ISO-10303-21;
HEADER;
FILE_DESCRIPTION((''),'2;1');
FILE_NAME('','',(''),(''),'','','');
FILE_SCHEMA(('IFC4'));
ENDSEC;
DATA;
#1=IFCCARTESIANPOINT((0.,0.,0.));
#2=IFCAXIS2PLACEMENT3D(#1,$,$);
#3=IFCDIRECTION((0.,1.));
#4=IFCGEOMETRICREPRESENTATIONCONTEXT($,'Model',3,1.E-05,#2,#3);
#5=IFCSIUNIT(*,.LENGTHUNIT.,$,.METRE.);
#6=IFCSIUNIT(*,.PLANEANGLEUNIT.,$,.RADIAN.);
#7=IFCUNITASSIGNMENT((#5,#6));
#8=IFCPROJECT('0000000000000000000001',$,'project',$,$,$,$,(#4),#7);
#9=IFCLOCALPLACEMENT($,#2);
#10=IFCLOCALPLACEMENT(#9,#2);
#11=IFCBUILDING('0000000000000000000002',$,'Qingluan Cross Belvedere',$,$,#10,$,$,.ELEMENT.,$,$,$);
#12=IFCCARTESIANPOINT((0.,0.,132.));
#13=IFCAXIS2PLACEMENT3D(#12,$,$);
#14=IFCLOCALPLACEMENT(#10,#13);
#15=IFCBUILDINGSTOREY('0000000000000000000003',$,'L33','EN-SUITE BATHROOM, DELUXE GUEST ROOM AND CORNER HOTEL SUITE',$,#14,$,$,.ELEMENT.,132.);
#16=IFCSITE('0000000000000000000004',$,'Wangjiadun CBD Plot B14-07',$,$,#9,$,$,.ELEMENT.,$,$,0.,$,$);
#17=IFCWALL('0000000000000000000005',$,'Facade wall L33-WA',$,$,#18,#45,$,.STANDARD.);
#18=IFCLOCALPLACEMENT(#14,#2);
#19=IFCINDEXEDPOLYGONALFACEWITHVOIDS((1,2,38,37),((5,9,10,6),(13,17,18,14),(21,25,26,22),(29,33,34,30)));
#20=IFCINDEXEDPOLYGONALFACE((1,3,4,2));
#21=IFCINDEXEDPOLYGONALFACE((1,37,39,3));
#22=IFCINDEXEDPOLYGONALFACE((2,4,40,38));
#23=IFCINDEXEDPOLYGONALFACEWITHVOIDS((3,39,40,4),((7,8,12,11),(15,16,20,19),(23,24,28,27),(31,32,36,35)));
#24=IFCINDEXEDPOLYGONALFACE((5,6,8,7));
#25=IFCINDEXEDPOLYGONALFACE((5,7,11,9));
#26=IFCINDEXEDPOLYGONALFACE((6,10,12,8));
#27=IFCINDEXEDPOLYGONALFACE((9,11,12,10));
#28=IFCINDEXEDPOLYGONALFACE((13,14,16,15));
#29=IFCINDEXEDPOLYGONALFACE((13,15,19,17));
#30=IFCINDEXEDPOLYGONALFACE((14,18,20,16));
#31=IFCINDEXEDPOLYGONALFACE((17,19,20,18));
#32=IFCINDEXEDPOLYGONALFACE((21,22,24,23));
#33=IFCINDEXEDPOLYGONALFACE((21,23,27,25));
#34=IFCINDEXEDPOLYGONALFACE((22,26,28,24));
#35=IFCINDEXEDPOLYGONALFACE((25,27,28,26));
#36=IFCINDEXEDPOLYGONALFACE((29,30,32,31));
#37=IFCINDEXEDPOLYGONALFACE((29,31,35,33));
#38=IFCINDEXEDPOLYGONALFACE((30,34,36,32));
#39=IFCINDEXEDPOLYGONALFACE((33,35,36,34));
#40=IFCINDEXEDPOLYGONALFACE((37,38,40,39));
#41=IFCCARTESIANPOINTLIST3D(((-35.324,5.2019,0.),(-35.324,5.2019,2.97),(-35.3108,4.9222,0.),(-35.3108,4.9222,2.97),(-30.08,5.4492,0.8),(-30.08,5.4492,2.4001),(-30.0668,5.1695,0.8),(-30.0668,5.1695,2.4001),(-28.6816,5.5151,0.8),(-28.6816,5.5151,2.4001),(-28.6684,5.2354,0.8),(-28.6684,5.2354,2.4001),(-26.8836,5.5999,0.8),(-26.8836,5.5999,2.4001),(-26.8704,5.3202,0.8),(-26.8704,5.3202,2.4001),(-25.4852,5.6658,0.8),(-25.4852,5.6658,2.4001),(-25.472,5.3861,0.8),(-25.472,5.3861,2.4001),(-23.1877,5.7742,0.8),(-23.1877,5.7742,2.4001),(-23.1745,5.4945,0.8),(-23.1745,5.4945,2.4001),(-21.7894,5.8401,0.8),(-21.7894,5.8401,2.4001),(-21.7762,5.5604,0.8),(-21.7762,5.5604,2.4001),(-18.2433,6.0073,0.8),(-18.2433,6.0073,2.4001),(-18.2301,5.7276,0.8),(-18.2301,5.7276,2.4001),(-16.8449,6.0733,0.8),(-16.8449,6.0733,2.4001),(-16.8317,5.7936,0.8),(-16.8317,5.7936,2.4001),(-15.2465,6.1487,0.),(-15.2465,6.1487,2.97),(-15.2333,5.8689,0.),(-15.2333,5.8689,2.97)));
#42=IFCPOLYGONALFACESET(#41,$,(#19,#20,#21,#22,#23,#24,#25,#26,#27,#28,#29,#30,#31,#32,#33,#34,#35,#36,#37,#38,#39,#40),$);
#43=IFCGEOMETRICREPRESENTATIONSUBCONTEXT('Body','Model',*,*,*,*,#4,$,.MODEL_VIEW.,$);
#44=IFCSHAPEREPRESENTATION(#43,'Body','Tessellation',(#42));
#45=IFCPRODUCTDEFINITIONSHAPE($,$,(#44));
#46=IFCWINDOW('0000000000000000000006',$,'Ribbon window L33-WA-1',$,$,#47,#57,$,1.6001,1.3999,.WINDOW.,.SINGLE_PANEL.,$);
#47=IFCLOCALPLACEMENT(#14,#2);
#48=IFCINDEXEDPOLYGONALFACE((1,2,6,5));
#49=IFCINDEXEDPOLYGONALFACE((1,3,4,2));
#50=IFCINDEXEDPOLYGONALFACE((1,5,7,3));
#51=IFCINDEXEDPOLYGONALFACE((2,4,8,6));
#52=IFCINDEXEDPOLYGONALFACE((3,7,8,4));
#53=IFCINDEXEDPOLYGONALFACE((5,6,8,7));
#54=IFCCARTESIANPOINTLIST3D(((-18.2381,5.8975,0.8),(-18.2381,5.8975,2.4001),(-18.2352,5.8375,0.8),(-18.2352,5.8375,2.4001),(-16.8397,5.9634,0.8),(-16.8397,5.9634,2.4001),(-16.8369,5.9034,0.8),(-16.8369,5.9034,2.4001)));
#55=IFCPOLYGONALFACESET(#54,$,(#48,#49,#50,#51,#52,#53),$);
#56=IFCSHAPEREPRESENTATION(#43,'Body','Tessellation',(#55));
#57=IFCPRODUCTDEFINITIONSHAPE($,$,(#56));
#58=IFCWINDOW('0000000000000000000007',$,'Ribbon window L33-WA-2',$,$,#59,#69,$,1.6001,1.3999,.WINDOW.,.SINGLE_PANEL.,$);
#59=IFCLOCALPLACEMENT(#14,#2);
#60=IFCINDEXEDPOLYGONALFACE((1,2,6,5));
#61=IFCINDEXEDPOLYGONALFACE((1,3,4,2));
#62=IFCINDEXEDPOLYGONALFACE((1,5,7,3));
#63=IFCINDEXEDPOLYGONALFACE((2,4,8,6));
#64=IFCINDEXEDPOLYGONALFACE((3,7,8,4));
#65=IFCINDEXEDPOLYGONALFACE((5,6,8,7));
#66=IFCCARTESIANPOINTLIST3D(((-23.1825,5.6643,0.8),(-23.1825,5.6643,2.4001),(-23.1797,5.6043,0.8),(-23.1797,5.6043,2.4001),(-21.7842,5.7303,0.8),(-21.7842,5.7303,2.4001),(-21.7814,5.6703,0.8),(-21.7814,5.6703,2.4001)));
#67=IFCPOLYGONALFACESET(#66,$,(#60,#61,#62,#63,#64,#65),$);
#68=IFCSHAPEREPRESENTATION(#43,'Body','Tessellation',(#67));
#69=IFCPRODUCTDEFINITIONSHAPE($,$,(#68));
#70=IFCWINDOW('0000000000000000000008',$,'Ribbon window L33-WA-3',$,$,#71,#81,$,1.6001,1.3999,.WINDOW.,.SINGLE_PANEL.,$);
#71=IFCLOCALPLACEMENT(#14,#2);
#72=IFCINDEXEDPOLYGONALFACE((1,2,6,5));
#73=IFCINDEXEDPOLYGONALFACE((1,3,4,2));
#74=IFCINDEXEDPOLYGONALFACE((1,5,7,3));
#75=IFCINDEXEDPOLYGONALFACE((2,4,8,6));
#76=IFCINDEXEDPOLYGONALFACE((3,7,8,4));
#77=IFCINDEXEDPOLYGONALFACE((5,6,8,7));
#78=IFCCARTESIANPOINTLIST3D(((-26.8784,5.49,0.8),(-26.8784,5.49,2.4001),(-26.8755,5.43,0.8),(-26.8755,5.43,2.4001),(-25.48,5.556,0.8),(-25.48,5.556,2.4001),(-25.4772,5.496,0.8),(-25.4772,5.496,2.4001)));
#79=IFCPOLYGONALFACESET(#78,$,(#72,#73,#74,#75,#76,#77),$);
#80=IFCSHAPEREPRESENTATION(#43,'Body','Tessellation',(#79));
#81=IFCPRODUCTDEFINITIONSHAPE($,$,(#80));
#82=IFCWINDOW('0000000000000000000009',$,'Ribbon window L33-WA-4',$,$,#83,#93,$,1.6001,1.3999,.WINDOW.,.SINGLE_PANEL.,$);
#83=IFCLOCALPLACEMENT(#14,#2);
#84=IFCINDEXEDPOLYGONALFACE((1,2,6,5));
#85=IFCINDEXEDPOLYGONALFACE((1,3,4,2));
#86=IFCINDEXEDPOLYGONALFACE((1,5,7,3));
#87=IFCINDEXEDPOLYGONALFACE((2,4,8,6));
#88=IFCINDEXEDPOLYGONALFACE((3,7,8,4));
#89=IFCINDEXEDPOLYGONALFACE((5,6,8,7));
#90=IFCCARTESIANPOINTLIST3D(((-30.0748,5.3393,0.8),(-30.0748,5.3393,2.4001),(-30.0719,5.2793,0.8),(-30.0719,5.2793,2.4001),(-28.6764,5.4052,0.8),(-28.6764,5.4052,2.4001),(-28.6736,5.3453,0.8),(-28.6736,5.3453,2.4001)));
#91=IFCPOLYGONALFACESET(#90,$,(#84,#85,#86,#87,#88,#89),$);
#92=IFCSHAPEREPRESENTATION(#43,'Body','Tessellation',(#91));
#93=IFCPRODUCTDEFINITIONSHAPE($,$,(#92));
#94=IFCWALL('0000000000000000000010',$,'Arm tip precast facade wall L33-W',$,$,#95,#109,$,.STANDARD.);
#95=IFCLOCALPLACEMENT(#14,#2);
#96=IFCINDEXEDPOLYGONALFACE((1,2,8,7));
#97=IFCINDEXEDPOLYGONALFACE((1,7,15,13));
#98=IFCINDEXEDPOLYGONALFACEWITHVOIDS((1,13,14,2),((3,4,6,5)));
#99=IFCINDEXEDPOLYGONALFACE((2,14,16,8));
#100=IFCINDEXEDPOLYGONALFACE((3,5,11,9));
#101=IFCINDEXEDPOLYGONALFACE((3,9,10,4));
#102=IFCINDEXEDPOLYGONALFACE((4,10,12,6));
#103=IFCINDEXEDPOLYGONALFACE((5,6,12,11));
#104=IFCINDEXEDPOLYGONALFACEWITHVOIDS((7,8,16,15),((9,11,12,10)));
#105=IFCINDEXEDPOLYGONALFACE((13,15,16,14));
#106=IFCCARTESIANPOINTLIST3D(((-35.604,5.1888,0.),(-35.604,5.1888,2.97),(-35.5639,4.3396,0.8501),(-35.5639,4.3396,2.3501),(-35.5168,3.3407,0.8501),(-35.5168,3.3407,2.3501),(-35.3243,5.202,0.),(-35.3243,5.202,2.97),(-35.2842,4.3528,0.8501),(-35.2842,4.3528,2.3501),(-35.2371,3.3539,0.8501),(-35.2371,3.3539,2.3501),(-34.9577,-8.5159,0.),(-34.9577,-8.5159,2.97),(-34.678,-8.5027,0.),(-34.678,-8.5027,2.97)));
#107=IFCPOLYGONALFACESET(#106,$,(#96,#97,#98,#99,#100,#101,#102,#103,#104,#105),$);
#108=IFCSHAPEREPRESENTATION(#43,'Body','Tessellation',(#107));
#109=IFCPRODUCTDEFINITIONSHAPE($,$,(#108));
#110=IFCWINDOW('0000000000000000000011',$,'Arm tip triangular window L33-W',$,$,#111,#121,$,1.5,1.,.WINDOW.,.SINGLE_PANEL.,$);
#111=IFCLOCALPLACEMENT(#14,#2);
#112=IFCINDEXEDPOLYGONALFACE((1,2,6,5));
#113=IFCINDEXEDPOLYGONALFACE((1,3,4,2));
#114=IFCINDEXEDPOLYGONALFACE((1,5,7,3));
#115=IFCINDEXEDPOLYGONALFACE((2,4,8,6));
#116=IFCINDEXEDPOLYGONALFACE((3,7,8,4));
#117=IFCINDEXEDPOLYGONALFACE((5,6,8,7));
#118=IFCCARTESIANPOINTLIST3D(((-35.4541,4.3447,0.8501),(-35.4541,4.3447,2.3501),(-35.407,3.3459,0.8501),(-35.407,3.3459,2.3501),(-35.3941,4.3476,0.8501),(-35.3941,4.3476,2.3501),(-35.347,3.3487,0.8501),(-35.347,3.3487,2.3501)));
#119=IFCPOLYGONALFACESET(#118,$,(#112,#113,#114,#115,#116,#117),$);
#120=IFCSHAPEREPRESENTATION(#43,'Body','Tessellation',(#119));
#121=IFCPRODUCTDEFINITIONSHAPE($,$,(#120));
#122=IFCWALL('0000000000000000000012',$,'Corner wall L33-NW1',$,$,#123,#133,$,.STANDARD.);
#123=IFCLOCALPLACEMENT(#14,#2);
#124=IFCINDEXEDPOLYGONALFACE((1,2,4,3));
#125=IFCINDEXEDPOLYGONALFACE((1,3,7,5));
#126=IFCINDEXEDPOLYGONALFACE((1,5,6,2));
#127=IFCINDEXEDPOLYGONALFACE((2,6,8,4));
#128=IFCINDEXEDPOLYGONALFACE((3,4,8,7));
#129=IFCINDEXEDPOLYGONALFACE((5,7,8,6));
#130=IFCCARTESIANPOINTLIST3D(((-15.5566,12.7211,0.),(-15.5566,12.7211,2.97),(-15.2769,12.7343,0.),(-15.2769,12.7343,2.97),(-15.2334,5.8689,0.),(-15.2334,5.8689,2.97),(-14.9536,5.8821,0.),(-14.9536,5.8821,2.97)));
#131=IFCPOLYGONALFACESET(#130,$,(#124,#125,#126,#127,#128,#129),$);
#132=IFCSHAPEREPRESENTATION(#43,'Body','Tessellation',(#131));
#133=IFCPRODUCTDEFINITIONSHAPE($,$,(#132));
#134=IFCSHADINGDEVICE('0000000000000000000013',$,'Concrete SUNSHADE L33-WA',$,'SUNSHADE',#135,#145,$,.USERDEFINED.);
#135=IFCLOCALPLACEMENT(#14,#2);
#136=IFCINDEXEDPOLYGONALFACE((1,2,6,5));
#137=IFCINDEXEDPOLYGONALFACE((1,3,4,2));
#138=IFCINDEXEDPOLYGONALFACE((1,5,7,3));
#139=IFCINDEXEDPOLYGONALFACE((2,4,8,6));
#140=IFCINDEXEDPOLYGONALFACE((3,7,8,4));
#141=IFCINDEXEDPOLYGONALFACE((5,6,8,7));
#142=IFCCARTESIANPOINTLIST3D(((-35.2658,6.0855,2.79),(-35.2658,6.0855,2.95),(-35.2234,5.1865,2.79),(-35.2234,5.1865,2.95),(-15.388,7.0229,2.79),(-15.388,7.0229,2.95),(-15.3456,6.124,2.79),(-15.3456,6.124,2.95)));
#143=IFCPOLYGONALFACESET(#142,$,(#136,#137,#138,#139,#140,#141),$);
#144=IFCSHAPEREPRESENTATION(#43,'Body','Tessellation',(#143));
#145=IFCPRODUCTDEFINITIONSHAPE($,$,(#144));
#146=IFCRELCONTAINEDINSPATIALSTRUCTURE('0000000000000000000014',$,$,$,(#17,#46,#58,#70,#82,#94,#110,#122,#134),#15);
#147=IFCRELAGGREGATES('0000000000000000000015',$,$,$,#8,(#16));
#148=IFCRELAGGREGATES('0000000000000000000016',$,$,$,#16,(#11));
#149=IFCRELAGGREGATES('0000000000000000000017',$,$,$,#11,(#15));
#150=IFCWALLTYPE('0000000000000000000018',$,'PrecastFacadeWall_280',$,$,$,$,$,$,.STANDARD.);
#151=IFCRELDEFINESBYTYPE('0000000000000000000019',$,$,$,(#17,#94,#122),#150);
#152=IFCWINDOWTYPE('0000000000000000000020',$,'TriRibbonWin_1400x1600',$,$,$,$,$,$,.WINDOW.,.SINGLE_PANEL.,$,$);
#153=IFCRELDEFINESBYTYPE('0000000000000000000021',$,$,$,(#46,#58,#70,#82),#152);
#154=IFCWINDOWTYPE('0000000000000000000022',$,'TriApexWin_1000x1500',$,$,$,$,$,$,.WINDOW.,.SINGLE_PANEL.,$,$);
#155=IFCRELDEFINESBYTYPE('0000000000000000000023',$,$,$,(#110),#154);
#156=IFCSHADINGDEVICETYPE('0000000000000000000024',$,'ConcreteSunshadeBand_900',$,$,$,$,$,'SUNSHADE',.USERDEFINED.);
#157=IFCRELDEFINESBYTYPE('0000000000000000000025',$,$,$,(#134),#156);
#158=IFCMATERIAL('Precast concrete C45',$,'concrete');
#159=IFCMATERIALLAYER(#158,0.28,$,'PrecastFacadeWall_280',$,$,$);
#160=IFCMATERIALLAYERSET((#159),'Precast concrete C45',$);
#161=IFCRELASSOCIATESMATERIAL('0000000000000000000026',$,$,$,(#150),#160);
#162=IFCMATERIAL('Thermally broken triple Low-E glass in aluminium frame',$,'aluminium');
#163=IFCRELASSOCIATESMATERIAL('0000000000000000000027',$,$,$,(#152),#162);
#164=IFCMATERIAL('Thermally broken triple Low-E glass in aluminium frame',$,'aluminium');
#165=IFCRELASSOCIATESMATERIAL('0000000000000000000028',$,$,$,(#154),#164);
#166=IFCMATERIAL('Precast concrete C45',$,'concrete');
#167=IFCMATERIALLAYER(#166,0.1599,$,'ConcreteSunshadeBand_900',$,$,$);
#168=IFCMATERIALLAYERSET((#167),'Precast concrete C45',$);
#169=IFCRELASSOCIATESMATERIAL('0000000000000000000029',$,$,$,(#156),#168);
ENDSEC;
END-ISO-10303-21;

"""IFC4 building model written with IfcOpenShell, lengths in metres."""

from ifc_helpers import new_model, si_unit, direction, frame, frame_2d, origin, origin_2d, place, context, subcontext, project, spatial, rectangle, extrude, material, layer, layer_set, type_object, element, fill, save


model = new_model("IFC4")

# Units and contexts
model_context = context("Model", 3, precision=1e-05, world=origin(), true_north=direction((0.0, 1.0)))
body_context = subcontext(model_context, "Body", "Model", "MODEL_VIEW")
ifc_project = project(units=[si_unit("LENGTHUNIT", "METRE"), si_unit("PLANEANGLEUNIT", "RADIAN")], contexts=[model_context])

# Site, building, storey
site_placement = place(None, origin())
site = spatial("IfcSite", under=ifc_project, at=site_placement, Name="Wangjiadun CBD Plot B14-07", CompositionType="ELEMENT", RefElevation=0.0)
building_placement = place(site_placement, origin())
building = spatial("IfcBuilding", under=site, at=building_placement, Name="Qingluan Cross Belvedere", CompositionType="ELEMENT")
storey_placement = place(building_placement, frame((0.0, 0.0, 132.0)))
storey = spatial("IfcBuildingStorey", under=building, at=storey_placement, Name="L33", Description="EN-SUITE BATHROOM, DELUXE GUEST ROOM AND CORNER HOTEL SUITE", CompositionType="ELEMENT", Elevation=132.0)

# Wall, openings, windows
ifc_material_1 = material(Name="Precast concrete C45", Category="concrete")
ifc_layer_1 = layer(ifc_material_1, 0.28, Name="PrecastFacadeWall_280")
ifc_layer_set_1 = layer_set([ifc_layer_1], Name="Precast concrete C45")
wall_type_1 = type_object("IfcWallType", Name="PrecastFacadeWall_280", PredefinedType="STANDARD", material=ifc_layer_set_1)
wall_1_placement = place(storey_placement, frame((-15.24, 6.0088, 0.0), z_axis=(0.0, 0.0, 1.0), x_axis=(-0.99889, -0.047103, 0.0)))
wall_1 = element("IfcWall", 1, at=wall_1_placement, inside=storey, type_object=wall_type_1, Name="Facade wall L33-WA", PredefinedType="STANDARD", context=body_context, shape_type="SweptSolid", body=[
    extrude(rectangle(XDim=20.0999, YDim=0.28, at=frame_2d((10.0498, 0.0))), origin(), (0.0, 0.0, 1.0), 2.97),
])
opening_1_placement = place(wall_1_placement, frame((1.6001, 0.0, 0.8)))
opening_1 = element("IfcOpeningElement", 2, at=opening_1_placement, cuts=wall_1, PredefinedType="OPENING", context=body_context, shape_type="SweptSolid", body=[
    extrude(rectangle(XDim=1.3999, YDim=1.6001, at=frame_2d((0.7, 0.8))), frame((0.0, 0.1499, 0.0), z_axis=(0.0, -1.0, 0.0), x_axis=(1.0, 0.0, 0.0)), (0.0, 0.0, 1.0), 0.3),
])
opening_2_placement = place(wall_1_placement, frame((6.55, 0.0, 0.8)))
opening_2 = element("IfcOpeningElement", 3, at=opening_2_placement, cuts=wall_1, PredefinedType="OPENING", context=body_context, shape_type="SweptSolid", body=[
    extrude(rectangle(XDim=1.3999, YDim=1.6001, at=frame_2d((0.7, 0.8))), frame((0.0, 0.1499, 0.0), z_axis=(0.0, -1.0, 0.0), x_axis=(1.0, 0.0, 0.0)), (0.0, 0.0, 1.0), 0.3),
])
opening_3_placement = place(wall_1_placement, frame((10.25, 0.0, 0.8)))
opening_3 = element("IfcOpeningElement", 4, at=opening_3_placement, cuts=wall_1, PredefinedType="OPENING", context=body_context, shape_type="SweptSolid", body=[
    extrude(rectangle(XDim=1.3999, YDim=1.6001, at=frame_2d((0.7, 0.8))), frame((0.0, 0.1499, 0.0), z_axis=(0.0, -1.0, 0.0), x_axis=(1.0, 0.0, 0.0)), (0.0, 0.0, 1.0), 0.3),
])
opening_4_placement = place(wall_1_placement, frame((13.45, 0.0, 0.8)))
opening_4 = element("IfcOpeningElement", 5, at=opening_4_placement, cuts=wall_1, PredefinedType="OPENING", context=body_context, shape_type="SweptSolid", body=[
    extrude(rectangle(XDim=1.3999, YDim=1.6001, at=frame_2d((0.7, 0.8))), frame((0.0, 0.1499, 0.0), z_axis=(0.0, -1.0, 0.0), x_axis=(1.0, 0.0, 0.0)), (0.0, 0.0, 1.0), 0.3),
])
ifc_material_2 = material(Name="Thermally broken triple Low-E glass in aluminium frame", Category="aluminium")
window_type_1 = type_object("IfcWindowType", Name="TriRibbonWin_1400x1600", PartitioningType="SINGLE_PANEL", PredefinedType="WINDOW", material=ifc_material_2)
window_1_placement = place(opening_1_placement, origin())
window_1 = element("IfcWindow", 6, at=window_1_placement, inside=storey, type_object=window_type_1, Name="Ribbon window L33-WA-1", OverallHeight=1.6001, OverallWidth=1.3999, PartitioningType="SINGLE_PANEL", PredefinedType="WINDOW", context=body_context, shape_type="SweptSolid", body=[
    extrude(rectangle(XDim=1.3999, YDim=1.6001, at=frame_2d((0.7, 0.8))), frame((0.0, 0.03, 0.0), z_axis=(0.0, -1.0, 0.0), x_axis=(1.0, 0.0, 0.0)), (0.0, 0.0, 1.0), 0.0601),
])
fill(opening_1, window_1)
window_2_placement = place(opening_2_placement, origin())
window_2 = element("IfcWindow", 7, at=window_2_placement, inside=storey, type_object=window_type_1, Name="Ribbon window L33-WA-2", OverallHeight=1.6001, OverallWidth=1.3999, PartitioningType="SINGLE_PANEL", PredefinedType="WINDOW", context=body_context, shape_type="SweptSolid", body=[
    extrude(rectangle(XDim=1.3999, YDim=1.6001, at=frame_2d((0.7, 0.8))), frame((0.0, 0.03, 0.0), z_axis=(0.0, -1.0, 0.0), x_axis=(1.0, 0.0, 0.0)), (0.0, 0.0, 1.0), 0.0601),
])
fill(opening_2, window_2)
window_3_placement = place(opening_3_placement, origin())
window_3 = element("IfcWindow", 8, at=window_3_placement, inside=storey, type_object=window_type_1, Name="Ribbon window L33-WA-3", OverallHeight=1.6001, OverallWidth=1.3999, PartitioningType="SINGLE_PANEL", PredefinedType="WINDOW", context=body_context, shape_type="SweptSolid", body=[
    extrude(rectangle(XDim=1.3999, YDim=1.6001, at=frame_2d((0.7, 0.8))), frame((0.0, 0.03, 0.0), z_axis=(0.0, -1.0, 0.0), x_axis=(1.0, 0.0, 0.0)), (0.0, 0.0, 1.0), 0.0601),
])
fill(opening_3, window_3)
window_4_placement = place(opening_4_placement, origin())
window_4 = element("IfcWindow", 9, at=window_4_placement, inside=storey, type_object=window_type_1, Name="Ribbon window L33-WA-4", OverallHeight=1.6001, OverallWidth=1.3999, PartitioningType="SINGLE_PANEL", PredefinedType="WINDOW", context=body_context, shape_type="SweptSolid", body=[
    extrude(rectangle(XDim=1.3999, YDim=1.6001, at=frame_2d((0.7, 0.8))), frame((0.0, 0.03, 0.0), z_axis=(0.0, -1.0, 0.0), x_axis=(1.0, 0.0, 0.0)), (0.0, 0.0, 1.0), 0.0601),
])
fill(opening_4, window_4)

# Wall, opening, window
wall_2_placement = place(storey_placement, frame((-35.4641, 5.1953, 0.0), z_axis=(0.0, 0.0, 1.0), x_axis=(0.047102, -0.99889, 0.0)))
wall_2 = element("IfcWall", 10, at=wall_2_placement, inside=storey, type_object=wall_type_1, Name="Arm tip precast facade wall L33-W", PredefinedType="STANDARD", context=body_context, shape_type="SweptSolid", body=[
    extrude(rectangle(XDim=13.72, YDim=0.28, at=frame_2d((6.8599, 0.0))), origin(), (0.0, 0.0, 1.0), 2.97),
])
opening_5_placement = place(wall_2_placement, frame((0.8501, 0.0, 0.8501)))
opening_5 = element("IfcOpeningElement", 11, at=opening_5_placement, cuts=wall_2, PredefinedType="OPENING", context=body_context, shape_type="SweptSolid", body=[
    extrude(rectangle(XDim=1.0, YDim=1.5, at=frame_2d((0.5, 0.75))), frame((0.0, 0.1499, 0.0), z_axis=(0.0, -1.0, 0.0), x_axis=(1.0, 0.0, 0.0)), (0.0, 0.0, 1.0), 0.3),
])
ifc_material_3 = material(Name="Thermally broken triple Low-E glass in aluminium frame", Category="aluminium")
window_type_2 = type_object("IfcWindowType", Name="TriApexWin_1000x1500", PartitioningType="SINGLE_PANEL", PredefinedType="WINDOW", material=ifc_material_3)
window_5_placement = place(opening_5_placement, origin())
window_5 = element("IfcWindow", 12, at=window_5_placement, inside=storey, type_object=window_type_2, Name="Arm tip triangular window L33-W", OverallHeight=1.5, OverallWidth=1.0, PartitioningType="SINGLE_PANEL", PredefinedType="WINDOW", context=body_context, shape_type="SweptSolid", body=[
    extrude(rectangle(XDim=1.0, YDim=1.5, at=frame_2d((0.5, 0.75))), frame((0.0, 0.03, 0.0), z_axis=(0.0, -1.0, 0.0), x_axis=(1.0, 0.0, 0.0)), (0.0, 0.0, 1.0), 0.0601),
])
fill(opening_5, window_5)

# Wall
wall_3_placement = place(storey_placement, frame((-15.0935, 5.8755, 0.0), z_axis=(0.0, 0.0, 1.0), x_axis=(-0.04712, 0.998889, 0.0)))
element("IfcWall", 13, at=wall_3_placement, inside=storey, type_object=wall_type_1, Name="Corner wall L33-NW1", PredefinedType="STANDARD", context=body_context, shape_type="SweptSolid", body=[
    extrude(rectangle(XDim=6.8599, YDim=0.28, at=frame_2d((3.4299, 0.0))), origin(), (0.0, 0.0, 1.0), 2.97),
])

# Shading device
ifc_material_4 = material(Name="Precast concrete C45", Category="concrete")
ifc_layer_2 = layer(ifc_material_4, 0.1599, Name="ConcreteSunshadeBand_900")
ifc_layer_set_2 = layer_set([ifc_layer_2], Name="Precast concrete C45")
shading_device_type = type_object("IfcShadingDeviceType", Name="ConcreteSunshadeBand_900", ElementType="SUNSHADE", PredefinedType="USERDEFINED", material=ifc_layer_set_2)
shading_device_placement = place(storey_placement, frame((-25.3057, 6.1047, 2.79), z_axis=(0.0, 0.0, 1.0), x_axis=(-0.99889, -0.047109, 0.0)))
element("IfcShadingDevice", 14, at=shading_device_placement, inside=storey, type_object=shading_device_type, Name="Concrete SUNSHADE L33-WA", ObjectType="SUNSHADE", PredefinedType="USERDEFINED", context=body_context, shape_type="SweptSolid", body=[
    extrude(rectangle(XDim=19.8999, YDim=0.8999, at=origin_2d()), origin(), (0.0, 0.0, 1.0), 0.1599),
])

save(model, "model.ifc")
